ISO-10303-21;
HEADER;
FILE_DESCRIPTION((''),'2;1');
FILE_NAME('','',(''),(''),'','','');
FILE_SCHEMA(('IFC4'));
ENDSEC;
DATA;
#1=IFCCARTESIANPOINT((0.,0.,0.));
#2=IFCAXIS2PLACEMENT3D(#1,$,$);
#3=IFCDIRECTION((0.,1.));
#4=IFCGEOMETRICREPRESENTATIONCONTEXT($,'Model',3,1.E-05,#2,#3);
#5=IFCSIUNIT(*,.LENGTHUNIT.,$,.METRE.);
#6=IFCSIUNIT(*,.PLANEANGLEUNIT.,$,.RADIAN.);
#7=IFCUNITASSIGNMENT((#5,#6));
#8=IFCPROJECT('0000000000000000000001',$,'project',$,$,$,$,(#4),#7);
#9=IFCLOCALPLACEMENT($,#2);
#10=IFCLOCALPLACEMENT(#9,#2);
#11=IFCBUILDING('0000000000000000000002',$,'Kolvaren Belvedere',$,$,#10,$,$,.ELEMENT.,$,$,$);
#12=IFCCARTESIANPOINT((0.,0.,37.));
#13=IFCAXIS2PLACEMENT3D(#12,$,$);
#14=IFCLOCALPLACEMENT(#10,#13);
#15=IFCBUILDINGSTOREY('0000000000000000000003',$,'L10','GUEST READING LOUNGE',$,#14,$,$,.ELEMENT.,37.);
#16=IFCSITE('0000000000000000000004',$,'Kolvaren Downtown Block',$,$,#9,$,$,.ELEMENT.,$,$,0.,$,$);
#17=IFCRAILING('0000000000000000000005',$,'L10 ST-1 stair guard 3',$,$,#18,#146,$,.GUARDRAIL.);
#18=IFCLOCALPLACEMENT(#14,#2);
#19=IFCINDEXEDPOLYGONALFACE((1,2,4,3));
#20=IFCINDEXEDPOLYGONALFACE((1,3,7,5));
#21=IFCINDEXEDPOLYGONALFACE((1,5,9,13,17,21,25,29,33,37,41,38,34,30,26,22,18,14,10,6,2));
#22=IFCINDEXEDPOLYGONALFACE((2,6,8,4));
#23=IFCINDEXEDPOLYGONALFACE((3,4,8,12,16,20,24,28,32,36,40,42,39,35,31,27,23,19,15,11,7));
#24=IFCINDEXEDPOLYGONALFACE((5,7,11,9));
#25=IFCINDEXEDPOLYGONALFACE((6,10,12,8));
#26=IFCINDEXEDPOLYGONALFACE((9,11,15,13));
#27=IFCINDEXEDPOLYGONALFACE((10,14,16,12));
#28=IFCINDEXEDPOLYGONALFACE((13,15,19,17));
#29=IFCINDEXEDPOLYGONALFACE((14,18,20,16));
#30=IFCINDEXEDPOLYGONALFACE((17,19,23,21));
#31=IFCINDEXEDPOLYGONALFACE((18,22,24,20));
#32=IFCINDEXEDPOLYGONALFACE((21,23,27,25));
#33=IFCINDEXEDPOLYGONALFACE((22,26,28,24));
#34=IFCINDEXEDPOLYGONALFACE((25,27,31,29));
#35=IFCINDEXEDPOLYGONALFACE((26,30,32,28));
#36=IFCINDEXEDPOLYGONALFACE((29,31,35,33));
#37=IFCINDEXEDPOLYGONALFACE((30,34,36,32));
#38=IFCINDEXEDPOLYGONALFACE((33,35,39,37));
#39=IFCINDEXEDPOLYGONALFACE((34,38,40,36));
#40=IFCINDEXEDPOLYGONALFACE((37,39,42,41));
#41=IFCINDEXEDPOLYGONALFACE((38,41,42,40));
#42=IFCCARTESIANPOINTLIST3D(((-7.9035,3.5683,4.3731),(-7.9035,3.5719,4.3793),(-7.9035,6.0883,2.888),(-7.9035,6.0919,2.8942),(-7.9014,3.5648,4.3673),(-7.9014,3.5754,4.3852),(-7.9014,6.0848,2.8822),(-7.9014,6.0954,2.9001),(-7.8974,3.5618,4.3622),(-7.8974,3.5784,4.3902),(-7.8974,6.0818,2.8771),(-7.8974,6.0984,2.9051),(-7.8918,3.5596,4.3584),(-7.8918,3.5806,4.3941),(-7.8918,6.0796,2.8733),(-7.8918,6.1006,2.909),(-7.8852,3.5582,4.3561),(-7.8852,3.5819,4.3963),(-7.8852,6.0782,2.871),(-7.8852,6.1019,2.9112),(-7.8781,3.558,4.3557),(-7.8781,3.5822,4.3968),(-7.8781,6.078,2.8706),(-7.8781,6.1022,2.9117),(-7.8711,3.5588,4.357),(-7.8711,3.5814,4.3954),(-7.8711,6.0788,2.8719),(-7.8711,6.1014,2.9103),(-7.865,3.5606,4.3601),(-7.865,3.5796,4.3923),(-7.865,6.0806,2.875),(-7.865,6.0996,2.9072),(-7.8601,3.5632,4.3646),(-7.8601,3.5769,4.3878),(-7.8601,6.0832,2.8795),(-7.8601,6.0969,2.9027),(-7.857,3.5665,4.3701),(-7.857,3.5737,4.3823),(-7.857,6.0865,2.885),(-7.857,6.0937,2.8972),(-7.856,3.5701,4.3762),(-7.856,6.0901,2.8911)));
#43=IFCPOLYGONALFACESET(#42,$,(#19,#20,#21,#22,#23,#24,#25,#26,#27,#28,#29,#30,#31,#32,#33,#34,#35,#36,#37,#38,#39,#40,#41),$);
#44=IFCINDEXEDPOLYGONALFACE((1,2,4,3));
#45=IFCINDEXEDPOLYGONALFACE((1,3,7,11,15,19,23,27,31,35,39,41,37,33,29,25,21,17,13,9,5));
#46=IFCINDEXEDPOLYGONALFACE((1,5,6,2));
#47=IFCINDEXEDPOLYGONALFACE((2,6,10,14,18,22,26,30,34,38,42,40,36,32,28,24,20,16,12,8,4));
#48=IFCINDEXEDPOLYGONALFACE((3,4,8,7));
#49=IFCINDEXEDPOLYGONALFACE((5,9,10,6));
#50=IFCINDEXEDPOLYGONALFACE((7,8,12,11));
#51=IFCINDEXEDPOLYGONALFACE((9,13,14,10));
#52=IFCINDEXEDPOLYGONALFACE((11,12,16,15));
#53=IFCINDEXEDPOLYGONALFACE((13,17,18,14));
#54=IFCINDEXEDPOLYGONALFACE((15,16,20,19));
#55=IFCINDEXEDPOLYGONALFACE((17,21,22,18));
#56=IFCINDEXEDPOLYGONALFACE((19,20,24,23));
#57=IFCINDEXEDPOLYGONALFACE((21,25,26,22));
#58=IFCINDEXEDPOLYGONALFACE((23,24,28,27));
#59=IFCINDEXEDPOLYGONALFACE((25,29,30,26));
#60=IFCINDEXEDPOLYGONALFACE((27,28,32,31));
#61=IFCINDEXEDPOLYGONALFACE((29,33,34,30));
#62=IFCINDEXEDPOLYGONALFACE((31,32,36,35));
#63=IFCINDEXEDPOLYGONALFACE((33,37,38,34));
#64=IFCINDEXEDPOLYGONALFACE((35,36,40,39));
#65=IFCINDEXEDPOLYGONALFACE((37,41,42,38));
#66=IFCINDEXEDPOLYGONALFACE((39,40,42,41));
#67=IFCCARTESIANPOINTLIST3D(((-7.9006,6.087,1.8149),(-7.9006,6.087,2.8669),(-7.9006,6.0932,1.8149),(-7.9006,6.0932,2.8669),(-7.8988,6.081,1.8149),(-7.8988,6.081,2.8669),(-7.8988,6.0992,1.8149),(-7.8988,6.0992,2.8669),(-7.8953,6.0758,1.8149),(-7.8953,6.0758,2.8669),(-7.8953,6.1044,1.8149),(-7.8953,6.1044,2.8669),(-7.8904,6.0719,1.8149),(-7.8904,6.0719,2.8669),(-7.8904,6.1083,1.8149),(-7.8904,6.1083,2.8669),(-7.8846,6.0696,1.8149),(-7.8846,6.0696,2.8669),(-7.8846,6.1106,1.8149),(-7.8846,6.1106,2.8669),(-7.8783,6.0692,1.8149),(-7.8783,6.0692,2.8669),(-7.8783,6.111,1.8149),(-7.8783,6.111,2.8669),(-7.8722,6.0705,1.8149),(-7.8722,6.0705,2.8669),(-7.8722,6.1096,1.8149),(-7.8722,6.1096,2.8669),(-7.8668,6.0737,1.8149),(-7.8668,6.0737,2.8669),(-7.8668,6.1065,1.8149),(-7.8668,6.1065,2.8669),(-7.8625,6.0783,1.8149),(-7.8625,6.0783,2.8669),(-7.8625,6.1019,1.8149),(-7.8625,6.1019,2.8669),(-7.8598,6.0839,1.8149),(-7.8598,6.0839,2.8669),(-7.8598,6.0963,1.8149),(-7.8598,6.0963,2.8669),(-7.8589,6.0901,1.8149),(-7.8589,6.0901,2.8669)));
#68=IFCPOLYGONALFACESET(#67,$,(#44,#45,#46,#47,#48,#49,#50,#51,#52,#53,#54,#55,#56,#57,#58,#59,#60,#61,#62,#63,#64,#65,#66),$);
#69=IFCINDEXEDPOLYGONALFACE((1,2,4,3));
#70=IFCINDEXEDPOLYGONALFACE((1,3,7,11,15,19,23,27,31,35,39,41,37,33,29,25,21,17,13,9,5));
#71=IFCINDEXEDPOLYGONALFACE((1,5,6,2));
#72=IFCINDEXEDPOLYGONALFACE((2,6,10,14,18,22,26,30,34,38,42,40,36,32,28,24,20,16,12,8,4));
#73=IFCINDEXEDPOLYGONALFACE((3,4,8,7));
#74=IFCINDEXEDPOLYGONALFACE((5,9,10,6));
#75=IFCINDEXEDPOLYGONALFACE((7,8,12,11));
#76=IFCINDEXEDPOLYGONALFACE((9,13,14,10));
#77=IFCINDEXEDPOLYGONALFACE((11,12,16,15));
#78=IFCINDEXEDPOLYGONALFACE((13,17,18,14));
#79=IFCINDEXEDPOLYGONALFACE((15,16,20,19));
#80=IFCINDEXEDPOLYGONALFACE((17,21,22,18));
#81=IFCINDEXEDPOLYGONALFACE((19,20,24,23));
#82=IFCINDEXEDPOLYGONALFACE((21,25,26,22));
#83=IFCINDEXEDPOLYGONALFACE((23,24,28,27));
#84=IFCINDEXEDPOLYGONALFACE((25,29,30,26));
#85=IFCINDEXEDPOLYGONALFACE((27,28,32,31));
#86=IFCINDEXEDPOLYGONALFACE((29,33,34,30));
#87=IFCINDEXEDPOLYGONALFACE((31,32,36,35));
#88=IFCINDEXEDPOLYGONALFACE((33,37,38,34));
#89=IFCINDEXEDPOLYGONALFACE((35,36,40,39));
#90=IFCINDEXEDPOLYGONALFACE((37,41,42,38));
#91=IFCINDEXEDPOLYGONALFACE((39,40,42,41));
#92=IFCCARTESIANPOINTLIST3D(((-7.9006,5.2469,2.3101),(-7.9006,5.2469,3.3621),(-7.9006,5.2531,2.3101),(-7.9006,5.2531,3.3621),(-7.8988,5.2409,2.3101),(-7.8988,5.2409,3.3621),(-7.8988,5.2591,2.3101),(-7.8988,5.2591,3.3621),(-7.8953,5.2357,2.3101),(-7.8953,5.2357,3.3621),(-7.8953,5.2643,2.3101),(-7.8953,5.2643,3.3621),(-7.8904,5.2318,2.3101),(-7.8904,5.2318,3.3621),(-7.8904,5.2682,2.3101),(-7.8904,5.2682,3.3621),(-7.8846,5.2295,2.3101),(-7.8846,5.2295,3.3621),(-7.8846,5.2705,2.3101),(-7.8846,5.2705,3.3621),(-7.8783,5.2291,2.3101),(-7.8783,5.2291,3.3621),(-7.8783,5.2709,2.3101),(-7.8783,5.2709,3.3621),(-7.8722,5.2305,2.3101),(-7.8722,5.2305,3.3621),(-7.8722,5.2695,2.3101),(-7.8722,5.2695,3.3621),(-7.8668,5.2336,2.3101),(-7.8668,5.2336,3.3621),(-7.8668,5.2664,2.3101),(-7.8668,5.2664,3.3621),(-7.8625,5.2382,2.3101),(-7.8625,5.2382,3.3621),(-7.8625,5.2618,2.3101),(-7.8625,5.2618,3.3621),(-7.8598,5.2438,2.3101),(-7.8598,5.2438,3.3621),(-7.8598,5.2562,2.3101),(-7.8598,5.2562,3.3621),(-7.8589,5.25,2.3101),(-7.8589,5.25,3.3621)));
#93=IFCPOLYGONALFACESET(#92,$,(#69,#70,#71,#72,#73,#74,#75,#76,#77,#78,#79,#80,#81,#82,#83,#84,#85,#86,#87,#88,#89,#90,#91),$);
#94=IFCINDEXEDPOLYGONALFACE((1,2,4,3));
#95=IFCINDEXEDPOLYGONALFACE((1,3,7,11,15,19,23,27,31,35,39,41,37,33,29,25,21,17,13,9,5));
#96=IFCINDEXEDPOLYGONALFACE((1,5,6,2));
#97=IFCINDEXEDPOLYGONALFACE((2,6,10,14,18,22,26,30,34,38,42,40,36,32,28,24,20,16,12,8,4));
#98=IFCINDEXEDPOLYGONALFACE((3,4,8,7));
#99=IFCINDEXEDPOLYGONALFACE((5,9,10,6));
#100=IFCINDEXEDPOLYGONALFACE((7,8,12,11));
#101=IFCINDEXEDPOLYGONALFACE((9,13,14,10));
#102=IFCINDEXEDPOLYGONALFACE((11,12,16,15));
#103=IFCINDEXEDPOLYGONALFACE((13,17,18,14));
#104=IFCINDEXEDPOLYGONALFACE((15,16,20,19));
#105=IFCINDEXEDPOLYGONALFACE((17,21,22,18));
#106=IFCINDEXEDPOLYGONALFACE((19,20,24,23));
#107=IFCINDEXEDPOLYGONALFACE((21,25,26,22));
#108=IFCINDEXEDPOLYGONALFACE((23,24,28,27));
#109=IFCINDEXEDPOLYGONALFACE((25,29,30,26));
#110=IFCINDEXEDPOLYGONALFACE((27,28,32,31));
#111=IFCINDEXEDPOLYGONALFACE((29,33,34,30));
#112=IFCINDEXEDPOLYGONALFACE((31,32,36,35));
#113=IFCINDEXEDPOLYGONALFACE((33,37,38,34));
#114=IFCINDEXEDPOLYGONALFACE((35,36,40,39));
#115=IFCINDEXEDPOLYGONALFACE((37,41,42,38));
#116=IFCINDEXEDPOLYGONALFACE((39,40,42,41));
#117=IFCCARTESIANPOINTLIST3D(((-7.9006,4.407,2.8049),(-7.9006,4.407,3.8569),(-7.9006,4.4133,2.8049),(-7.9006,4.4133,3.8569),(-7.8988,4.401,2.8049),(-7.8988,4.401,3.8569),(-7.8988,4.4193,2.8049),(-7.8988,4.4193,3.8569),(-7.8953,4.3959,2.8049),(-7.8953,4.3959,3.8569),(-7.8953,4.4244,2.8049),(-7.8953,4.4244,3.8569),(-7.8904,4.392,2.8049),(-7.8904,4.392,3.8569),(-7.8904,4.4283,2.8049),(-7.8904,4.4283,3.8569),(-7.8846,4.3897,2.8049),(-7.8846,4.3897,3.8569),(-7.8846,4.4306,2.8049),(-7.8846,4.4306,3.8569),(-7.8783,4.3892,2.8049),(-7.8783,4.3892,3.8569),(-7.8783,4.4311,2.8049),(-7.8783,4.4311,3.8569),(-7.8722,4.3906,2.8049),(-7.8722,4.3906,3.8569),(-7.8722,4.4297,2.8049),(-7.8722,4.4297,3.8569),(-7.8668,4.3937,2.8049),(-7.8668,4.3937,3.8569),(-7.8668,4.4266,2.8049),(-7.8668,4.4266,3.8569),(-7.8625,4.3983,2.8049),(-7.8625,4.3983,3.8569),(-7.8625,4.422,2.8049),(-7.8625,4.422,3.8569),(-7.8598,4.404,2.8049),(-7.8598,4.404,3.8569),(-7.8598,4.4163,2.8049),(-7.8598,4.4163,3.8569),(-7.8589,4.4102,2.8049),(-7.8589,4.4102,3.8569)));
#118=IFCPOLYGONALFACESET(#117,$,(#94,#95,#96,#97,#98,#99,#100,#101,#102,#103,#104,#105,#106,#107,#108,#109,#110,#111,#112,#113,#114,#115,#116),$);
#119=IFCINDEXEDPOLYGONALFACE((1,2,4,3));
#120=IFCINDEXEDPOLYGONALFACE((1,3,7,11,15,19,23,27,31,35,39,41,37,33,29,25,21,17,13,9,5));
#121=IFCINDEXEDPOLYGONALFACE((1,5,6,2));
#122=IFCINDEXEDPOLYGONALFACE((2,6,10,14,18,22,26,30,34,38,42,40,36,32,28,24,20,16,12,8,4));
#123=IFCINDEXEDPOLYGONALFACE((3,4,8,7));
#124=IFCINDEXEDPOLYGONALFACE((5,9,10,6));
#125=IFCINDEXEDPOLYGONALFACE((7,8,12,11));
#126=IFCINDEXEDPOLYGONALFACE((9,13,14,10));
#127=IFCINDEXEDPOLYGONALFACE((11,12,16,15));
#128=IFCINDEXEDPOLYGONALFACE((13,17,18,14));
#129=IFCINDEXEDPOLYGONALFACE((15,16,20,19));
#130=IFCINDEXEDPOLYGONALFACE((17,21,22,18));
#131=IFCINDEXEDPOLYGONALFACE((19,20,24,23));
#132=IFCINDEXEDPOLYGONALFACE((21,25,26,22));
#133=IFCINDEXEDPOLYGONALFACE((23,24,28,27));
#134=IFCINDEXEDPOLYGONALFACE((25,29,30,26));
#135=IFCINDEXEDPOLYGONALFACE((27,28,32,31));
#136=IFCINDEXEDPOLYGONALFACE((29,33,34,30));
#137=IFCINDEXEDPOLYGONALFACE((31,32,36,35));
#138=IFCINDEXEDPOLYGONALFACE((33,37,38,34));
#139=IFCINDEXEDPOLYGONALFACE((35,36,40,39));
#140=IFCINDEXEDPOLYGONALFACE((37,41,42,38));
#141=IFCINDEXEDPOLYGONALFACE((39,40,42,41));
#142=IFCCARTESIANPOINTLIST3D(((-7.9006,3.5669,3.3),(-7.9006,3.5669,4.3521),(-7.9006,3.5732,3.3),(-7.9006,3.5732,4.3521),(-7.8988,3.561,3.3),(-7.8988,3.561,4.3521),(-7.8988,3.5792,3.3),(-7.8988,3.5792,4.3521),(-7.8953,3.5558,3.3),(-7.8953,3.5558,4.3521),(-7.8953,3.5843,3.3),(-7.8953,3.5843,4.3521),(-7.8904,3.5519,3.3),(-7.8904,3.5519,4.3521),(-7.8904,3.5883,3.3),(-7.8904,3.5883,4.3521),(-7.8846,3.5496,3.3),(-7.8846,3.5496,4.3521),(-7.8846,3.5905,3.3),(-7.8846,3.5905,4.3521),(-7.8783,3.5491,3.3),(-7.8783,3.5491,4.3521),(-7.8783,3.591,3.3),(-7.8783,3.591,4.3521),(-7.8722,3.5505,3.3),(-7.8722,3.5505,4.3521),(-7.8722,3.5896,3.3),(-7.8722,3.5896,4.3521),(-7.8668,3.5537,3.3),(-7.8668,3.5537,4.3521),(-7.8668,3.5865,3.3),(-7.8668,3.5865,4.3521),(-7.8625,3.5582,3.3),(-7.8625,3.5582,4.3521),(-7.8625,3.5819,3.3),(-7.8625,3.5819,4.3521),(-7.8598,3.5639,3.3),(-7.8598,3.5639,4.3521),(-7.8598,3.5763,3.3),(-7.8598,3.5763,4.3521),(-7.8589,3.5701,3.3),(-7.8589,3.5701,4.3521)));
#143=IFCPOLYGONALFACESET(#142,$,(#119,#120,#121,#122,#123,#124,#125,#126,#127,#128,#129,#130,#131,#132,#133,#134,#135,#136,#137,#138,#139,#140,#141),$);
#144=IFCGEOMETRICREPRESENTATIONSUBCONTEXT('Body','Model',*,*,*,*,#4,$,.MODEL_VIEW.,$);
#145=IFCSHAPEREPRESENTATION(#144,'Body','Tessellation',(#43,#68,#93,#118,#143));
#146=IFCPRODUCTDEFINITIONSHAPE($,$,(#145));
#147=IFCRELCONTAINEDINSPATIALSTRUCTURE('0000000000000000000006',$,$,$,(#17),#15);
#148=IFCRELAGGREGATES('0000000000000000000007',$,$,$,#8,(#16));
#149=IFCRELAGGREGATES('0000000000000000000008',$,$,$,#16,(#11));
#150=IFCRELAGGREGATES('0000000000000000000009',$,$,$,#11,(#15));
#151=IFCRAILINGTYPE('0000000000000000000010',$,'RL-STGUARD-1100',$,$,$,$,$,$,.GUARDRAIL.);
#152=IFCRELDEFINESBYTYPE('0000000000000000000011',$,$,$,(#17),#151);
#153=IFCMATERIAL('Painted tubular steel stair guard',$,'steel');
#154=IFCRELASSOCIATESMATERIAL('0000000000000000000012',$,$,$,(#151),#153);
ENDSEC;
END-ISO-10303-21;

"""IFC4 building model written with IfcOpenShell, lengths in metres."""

from ifc_helpers import new_model, si_unit, direction, frame, origin, origin_2d, place, context, subcontext, project, spatial, circle, extrude, material, type_object, element, save


model = new_model("IFC4")

# Units and contexts
model_context = context("Model", 3, precision=1e-05, world=origin(), true_north=direction((0.0, 1.0)))
body_context = subcontext(model_context, "Body", "Model", "MODEL_VIEW")
ifc_project = project(units=[si_unit("LENGTHUNIT", "METRE"), si_unit("PLANEANGLEUNIT", "RADIAN")], contexts=[model_context])

# Site, building, storey
site_placement = place(None, origin())
site = spatial("IfcSite", under=ifc_project, at=site_placement, Name="Kolvaren Downtown Block", CompositionType="ELEMENT", RefElevation=0.0)
building_placement = place(site_placement, origin())
building = spatial("IfcBuilding", under=site, at=building_placement, Name="Kolvaren Belvedere", CompositionType="ELEMENT")
storey_placement = place(building_placement, frame((0.0, 0.0, 37.0)))
storey = spatial("IfcBuildingStorey", under=building, at=storey_placement, Name="L10", Description="GUEST READING LOUNGE", CompositionType="ELEMENT", Elevation=37.0)

# Railing
ifc_material_1 = material(Name="Painted tubular steel stair guard", Category="steel")
railing_type_1 = type_object("IfcRailingType", Name="RL-STGUARD-1100", PredefinedType="GUARDRAIL", material=ifc_material_1)
railing_1_placement = place(storey_placement, frame((-7.8799, 6.0901, 1.8149)))
element("IfcRailing", 1, at=railing_1_placement, inside=storey, type_object=railing_type_1, Name="L10 ST-1 stair guard 3", PredefinedType="GUARDRAIL", context=body_context, shape_type="SweptSolid", body=[
    extrude(circle(Radius=0.0239, at=origin_2d()), frame((0.0, 0.0, 1.0762), z_axis=(0.0, -0.861524, 0.507717), x_axis=(1.0, 0.0, 0.0)), (0.0, 0.0, 1.0), 2.925),
    extrude(circle(Radius=0.021, at=origin_2d()), origin(), (0.0, 0.0, 1.0), 1.052),
    extrude(circle(Radius=0.021, at=origin_2d()), frame((0.0, -0.8401, 0.4951)), (0.0, 0.0, 1.0), 1.052),
    extrude(circle(Radius=0.021, at=origin_2d()), frame((0.0, -1.6799, 0.99)), (0.0, 0.0, 1.0), 1.052),
    extrude(circle(Radius=0.021, at=origin_2d()), frame((0.0, -2.52, 1.4851)), (0.0, 0.0, 1.0), 1.052),
])

save(model, "model.ifc")
